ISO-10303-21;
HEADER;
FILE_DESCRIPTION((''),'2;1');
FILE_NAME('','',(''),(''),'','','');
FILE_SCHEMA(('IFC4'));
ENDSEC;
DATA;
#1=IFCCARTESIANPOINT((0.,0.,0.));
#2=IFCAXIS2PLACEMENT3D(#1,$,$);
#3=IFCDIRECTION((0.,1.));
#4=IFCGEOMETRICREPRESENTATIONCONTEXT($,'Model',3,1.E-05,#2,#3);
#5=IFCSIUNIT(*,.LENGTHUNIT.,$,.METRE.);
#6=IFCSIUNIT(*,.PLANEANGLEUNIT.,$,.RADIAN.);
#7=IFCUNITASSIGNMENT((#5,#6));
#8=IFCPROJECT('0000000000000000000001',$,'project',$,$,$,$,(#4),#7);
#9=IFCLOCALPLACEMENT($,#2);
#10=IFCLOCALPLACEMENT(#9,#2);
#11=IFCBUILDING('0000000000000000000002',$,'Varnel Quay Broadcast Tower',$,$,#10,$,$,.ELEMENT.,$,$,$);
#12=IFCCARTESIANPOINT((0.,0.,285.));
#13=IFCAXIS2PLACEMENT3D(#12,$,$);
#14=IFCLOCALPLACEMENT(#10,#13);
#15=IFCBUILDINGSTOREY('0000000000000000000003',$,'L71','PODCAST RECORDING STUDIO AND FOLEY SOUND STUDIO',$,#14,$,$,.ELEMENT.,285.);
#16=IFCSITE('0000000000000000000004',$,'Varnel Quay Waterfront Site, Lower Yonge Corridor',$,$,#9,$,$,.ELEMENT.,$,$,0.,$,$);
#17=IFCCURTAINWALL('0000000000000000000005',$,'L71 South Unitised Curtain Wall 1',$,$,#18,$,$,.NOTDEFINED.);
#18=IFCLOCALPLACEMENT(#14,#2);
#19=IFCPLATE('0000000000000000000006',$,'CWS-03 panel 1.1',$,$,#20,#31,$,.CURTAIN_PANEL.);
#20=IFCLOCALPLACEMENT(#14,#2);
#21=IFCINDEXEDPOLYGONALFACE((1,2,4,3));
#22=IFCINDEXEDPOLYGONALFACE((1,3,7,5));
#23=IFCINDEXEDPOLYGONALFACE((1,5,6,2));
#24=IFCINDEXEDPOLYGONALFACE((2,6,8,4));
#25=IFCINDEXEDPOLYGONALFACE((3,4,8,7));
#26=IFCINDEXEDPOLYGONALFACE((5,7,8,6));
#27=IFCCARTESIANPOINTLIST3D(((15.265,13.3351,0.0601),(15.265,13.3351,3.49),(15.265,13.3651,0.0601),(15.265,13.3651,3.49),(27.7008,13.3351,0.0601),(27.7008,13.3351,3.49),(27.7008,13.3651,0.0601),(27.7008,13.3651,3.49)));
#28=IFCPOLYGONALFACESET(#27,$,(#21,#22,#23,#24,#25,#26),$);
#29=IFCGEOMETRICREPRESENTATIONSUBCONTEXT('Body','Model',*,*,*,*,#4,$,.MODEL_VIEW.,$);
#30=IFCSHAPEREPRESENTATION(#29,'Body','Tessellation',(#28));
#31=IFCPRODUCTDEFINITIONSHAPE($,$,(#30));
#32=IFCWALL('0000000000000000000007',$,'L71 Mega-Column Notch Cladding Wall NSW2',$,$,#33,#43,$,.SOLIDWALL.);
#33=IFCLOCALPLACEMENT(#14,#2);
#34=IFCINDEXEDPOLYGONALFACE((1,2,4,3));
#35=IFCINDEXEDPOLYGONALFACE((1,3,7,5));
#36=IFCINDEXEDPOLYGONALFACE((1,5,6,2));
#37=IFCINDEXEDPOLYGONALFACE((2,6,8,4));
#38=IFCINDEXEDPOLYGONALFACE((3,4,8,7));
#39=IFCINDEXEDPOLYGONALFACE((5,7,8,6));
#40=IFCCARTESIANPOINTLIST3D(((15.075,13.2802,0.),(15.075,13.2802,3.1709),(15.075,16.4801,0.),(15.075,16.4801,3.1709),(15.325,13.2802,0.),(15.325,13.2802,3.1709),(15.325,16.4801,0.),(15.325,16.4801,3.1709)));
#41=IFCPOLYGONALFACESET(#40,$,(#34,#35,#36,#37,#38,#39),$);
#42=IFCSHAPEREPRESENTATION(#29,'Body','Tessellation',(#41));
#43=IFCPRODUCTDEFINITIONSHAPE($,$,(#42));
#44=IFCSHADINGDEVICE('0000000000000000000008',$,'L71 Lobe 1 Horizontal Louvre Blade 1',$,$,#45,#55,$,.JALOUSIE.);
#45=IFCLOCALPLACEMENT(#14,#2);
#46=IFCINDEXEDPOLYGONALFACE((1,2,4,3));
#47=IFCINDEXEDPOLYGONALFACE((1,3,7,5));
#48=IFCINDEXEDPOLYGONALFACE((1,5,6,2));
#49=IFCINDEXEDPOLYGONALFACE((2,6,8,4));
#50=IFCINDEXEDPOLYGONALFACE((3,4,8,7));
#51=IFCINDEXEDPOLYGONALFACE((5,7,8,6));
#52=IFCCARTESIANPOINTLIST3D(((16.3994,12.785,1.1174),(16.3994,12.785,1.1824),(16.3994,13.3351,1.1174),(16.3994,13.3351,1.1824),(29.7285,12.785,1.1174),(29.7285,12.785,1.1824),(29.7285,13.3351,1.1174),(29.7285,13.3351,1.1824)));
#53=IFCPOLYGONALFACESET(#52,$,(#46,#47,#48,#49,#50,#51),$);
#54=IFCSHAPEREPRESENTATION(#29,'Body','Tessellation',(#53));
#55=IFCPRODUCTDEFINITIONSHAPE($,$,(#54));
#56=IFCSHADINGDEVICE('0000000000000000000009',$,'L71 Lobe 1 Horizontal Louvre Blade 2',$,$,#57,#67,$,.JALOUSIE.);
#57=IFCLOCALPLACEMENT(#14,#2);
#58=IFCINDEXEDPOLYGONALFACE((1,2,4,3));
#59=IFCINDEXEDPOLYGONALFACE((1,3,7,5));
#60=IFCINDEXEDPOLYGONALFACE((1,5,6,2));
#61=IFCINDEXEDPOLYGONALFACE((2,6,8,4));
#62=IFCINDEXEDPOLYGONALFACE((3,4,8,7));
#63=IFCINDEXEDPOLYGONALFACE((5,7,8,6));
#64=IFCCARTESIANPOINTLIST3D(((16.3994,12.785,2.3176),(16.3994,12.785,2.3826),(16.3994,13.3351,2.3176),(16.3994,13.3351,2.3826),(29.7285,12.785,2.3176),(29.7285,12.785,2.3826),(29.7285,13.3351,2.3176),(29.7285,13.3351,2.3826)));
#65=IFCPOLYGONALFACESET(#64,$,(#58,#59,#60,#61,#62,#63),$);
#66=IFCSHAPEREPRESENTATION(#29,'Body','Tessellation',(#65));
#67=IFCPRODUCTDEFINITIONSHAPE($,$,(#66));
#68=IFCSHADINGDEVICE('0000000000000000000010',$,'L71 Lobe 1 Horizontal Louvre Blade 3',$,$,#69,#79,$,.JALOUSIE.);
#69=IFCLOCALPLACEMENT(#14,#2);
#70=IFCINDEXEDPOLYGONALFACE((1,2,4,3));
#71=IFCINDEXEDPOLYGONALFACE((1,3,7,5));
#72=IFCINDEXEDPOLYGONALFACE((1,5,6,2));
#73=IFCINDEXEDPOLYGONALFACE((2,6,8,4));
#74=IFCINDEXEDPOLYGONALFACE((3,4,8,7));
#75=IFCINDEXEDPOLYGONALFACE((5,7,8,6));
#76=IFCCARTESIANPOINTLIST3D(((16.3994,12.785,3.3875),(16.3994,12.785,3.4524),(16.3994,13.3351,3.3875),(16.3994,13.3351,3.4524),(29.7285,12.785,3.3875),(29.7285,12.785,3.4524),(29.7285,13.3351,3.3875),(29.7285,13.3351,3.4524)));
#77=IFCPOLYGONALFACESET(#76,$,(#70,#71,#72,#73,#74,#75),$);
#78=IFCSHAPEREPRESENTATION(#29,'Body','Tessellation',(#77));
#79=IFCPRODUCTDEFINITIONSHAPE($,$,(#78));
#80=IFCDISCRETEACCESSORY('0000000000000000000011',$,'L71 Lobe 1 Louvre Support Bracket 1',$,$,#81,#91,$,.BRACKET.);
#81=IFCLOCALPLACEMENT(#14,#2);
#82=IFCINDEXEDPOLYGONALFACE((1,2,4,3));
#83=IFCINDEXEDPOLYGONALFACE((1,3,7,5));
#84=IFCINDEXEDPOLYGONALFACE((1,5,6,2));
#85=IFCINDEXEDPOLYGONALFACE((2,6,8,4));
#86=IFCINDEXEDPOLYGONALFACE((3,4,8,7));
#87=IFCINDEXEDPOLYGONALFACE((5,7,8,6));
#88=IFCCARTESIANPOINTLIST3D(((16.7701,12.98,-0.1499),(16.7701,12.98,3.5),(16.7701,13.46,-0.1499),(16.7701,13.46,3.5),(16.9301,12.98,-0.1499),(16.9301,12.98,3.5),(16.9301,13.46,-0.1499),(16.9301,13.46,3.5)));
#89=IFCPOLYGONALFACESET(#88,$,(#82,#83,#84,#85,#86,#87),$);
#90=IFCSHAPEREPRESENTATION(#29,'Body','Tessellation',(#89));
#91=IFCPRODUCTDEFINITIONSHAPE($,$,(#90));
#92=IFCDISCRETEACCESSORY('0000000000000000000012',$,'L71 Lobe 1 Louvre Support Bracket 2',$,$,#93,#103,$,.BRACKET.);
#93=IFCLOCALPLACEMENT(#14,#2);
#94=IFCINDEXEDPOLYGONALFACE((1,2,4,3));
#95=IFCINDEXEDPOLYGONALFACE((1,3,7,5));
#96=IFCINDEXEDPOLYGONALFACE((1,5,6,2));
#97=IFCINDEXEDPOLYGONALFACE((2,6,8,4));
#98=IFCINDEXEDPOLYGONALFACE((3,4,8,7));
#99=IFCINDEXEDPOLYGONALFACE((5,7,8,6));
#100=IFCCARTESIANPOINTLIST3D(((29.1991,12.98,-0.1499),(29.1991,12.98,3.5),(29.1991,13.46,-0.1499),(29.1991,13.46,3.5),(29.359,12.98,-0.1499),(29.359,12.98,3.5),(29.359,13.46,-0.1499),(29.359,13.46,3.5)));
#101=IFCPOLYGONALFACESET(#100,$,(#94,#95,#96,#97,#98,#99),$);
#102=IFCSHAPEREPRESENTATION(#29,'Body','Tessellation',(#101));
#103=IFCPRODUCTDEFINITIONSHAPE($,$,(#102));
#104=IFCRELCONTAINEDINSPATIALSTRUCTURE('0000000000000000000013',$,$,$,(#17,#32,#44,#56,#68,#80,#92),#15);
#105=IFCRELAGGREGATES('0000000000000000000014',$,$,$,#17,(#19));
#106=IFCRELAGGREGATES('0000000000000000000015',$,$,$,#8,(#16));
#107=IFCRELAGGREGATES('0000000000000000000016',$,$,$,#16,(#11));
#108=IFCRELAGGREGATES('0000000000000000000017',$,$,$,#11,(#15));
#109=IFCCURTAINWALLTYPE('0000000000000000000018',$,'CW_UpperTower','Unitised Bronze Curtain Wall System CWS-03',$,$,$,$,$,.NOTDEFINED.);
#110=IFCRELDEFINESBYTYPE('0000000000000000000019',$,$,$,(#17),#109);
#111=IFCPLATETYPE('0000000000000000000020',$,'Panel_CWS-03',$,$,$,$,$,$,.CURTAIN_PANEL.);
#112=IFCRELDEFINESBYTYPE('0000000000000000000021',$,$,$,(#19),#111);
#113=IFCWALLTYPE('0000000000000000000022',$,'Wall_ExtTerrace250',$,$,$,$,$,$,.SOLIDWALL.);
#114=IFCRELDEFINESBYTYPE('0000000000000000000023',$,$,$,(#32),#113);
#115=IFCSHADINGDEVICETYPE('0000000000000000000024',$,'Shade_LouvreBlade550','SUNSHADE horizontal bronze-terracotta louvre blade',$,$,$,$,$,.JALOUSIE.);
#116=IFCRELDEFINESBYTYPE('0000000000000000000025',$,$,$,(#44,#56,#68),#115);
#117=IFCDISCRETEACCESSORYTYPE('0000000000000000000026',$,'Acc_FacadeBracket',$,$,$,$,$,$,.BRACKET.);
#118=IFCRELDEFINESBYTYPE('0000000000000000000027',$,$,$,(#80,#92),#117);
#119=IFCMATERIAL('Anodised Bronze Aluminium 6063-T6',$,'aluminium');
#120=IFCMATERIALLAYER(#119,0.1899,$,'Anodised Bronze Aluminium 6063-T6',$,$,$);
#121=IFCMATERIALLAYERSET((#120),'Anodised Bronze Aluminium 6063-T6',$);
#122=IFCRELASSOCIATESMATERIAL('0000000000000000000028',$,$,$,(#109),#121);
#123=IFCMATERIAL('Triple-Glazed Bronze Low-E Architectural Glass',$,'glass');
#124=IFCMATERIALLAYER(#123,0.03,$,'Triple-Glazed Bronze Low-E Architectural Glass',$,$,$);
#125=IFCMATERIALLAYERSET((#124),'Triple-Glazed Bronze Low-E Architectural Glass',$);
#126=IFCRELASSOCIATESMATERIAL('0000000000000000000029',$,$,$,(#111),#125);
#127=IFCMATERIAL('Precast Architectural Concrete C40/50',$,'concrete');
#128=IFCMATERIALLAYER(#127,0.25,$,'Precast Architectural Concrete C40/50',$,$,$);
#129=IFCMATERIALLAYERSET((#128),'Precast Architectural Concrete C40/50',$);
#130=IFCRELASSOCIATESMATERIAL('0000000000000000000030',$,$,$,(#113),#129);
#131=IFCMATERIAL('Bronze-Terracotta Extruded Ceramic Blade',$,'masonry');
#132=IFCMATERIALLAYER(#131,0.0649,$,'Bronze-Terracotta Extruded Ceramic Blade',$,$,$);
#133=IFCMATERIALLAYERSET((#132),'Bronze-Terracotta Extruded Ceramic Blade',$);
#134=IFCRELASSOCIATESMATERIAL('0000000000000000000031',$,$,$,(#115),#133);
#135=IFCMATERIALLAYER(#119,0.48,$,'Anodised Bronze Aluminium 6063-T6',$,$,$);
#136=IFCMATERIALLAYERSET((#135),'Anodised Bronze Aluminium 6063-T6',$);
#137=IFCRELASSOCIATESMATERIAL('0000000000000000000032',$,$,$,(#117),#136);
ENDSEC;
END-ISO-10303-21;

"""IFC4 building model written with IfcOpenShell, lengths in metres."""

from ifc_helpers import new_model, si_unit, direction, frame, frame_2d, origin, origin_2d, place, context, subcontext, project, spatial, rectangle, extrude, source, transform, mapped, material, layer, layer_set, type_object, type_shapes, element, aggregate, save


model = new_model("IFC4")

# Units and contexts
model_context = context("Model", 3, precision=1e-05, world=origin(), true_north=direction((0.0, 1.0)))
body_context = subcontext(model_context, "Body", "Model", "MODEL_VIEW")
ifc_project = project(units=[si_unit("LENGTHUNIT", "METRE"), si_unit("PLANEANGLEUNIT", "RADIAN")], contexts=[model_context])

# Site, building, storey
site_placement = place(None, origin())
site = spatial("IfcSite", under=ifc_project, at=site_placement, Name="Varnel Quay Waterfront Site, Lower Yonge Corridor", CompositionType="ELEMENT", RefElevation=0.0)
building_placement = place(site_placement, origin())
building = spatial("IfcBuilding", under=site, at=building_placement, Name="Varnel Quay Broadcast Tower", CompositionType="ELEMENT")
storey_placement = place(building_placement, frame((0.0, 0.0, 285.0)))
storey = spatial("IfcBuildingStorey", under=building, at=storey_placement, Name="L71", Description="PODCAST RECORDING STUDIO AND FOLEY SOUND STUDIO", CompositionType="ELEMENT", Elevation=285.0)

# Shared definitions
ifc_material_1 = material(Name="Anodised Bronze Aluminium 6063-T6", Category="aluminium")

# Curtain wall, plate
ifc_layer_1 = layer(ifc_material_1, 0.1899, Name="Anodised Bronze Aluminium 6063-T6")
ifc_layer_set_1 = layer_set([ifc_layer_1], Name="Anodised Bronze Aluminium 6063-T6")
curtain_wall_type_1 = type_object("IfcCurtainWallType", Name="CW_UpperTower", Description="Unitised Bronze Curtain Wall System CWS-03", PredefinedType="NOTDEFINED", material=ifc_layer_set_1)
curtain_wall_1_placement = place(storey_placement, origin())
curtain_wall_1 = element("IfcCurtainWall", 1, at=curtain_wall_1_placement, inside=storey, type_object=curtain_wall_type_1, Name="L71 South Unitised Curtain Wall 1", PredefinedType="NOTDEFINED")
ifc_material_2 = material(Name="Triple-Glazed Bronze Low-E Architectural Glass", Category="glass")
ifc_layer_2 = layer(ifc_material_2, 0.03, Name="Triple-Glazed Bronze Low-E Architectural Glass")
ifc_layer_set_2 = layer_set([ifc_layer_2], Name="Triple-Glazed Bronze Low-E Architectural Glass")
plate_type = type_object("IfcPlateType", Name="Panel_CWS-03", PredefinedType="CURTAIN_PANEL", material=ifc_layer_set_2)
shared_shape_1 = source(origin(), body_context, "Body", "SweptSolid", [
    extrude(rectangle(XDim=12.4358, YDim=0.03, at=origin_2d()), origin(), (0.0, 0.0, 1.0), 3.4299),
])
type_shapes(plate_type, [shared_shape_1])
plate_placement = place(storey_placement, frame((21.4829, 13.3501, 0.0601), z_axis=(0.0, 0.0, 1.0), x_axis=(1.0, 0.0, 0.0)))
plate = element("IfcPlate", 2, at=plate_placement, type_object=plate_type, Name="CWS-03 panel 1.1", PredefinedType="CURTAIN_PANEL", context=body_context, shape_type="MappedRepresentation", body=[
    mapped(shared_shape_1, transform((0.0, 0.0, 0.0), x_axis=(1.0, 0.0, 0.0), y_axis=(0.0, 1.0, 0.0), z_axis=(0.0, 0.0, 1.0), scale=1.0)),
])
aggregate(curtain_wall_1, [plate])

# Wall
ifc_material_3 = material(Name="Precast Architectural Concrete C40/50", Category="concrete")
ifc_layer_3 = layer(ifc_material_3, 0.25, Name="Precast Architectural Concrete C40/50")
ifc_layer_set_3 = layer_set([ifc_layer_3], Name="Precast Architectural Concrete C40/50")
wall_type = type_object("IfcWallType", Name="Wall_ExtTerrace250", PredefinedType="SOLIDWALL", material=ifc_layer_set_3)
wall_placement = place(storey_placement, frame((15.2, 13.28, 0.0), z_axis=(0.0, 0.0, 1.0), x_axis=(0.0, 1.0, 0.0)))
element("IfcWall", 3, at=wall_placement, inside=storey, type_object=wall_type, Name="L71 Mega-Column Notch Cladding Wall NSW2", PredefinedType="SOLIDWALL", context=body_context, shape_type="SweptSolid", body=[
    extrude(rectangle(XDim=3.2, YDim=0.25, at=frame_2d((1.6001, 0.0))), origin(), (0.0, 0.0, 1.0), 3.1709),
])

# Shading devices
ifc_material_4 = material(Name="Bronze-Terracotta Extruded Ceramic Blade", Category="masonry")
ifc_layer_4 = layer(ifc_material_4, 0.0649, Name="Bronze-Terracotta Extruded Ceramic Blade")
ifc_layer_set_4 = layer_set([ifc_layer_4], Name="Bronze-Terracotta Extruded Ceramic Blade")
shading_device_type = type_object("IfcShadingDeviceType", Name="Shade_LouvreBlade550", Description="SUNSHADE horizontal bronze-terracotta louvre blade", PredefinedType="JALOUSIE", material=ifc_layer_set_4)
shared_shape_2 = source(origin(), body_context, "Body", "SweptSolid", [
    extrude(rectangle(XDim=13.3291, YDim=0.55, at=origin_2d()), origin(), (0.0, 0.0, 1.0), 0.0649),
])
type_shapes(shading_device_type, [shared_shape_2])
for number, where, z_axis, x_axis, name in (
    (4, (23.064, 13.0601, 1.1174), (0.0, 0.0, 1.0), (1.0, 0.0, 0.0), "L71 Lobe 1 Horizontal Louvre Blade 1"),
    (5, (23.064, 13.0601, 2.3176), (0.0, 0.0, 1.0), (1.0, 0.0, 0.0), "L71 Lobe 1 Horizontal Louvre Blade 2"),
    (6, (23.064, 13.0601, 3.3875), (0.0, 0.0, 1.0), (1.0, 0.0, 0.0), "L71 Lobe 1 Horizontal Louvre Blade 3"),
):
    element("IfcShadingDevice", number, at=place(storey_placement, frame(where, z_axis=z_axis, x_axis=x_axis)), inside=storey, type_object=shading_device_type, Name=name, PredefinedType="JALOUSIE", context=body_context, shape_type="MappedRepresentation", body=[
        mapped(shared_shape_2, transform((0.0, 0.0, 0.0), x_axis=(1.0, 0.0, 0.0), y_axis=(0.0, 1.0, 0.0), z_axis=(0.0, 0.0, 1.0), scale=1.0)),
    ])

# Discrete accessories
ifc_layer_5 = layer(ifc_material_1, 0.48, Name="Anodised Bronze Aluminium 6063-T6")
ifc_layer_set_5 = layer_set([ifc_layer_5], Name="Anodised Bronze Aluminium 6063-T6")
discrete_accessory_type = type_object("IfcDiscreteAccessoryType", Name="Acc_FacadeBracket", PredefinedType="BRACKET", material=ifc_layer_set_5)
shared_shape_3 = source(origin(), body_context, "Body", "SweptSolid", [
    extrude(rectangle(XDim=0.1599, YDim=0.48, at=origin_2d()), origin(), (0.0, 0.0, 1.0), 3.6499),
])
type_shapes(discrete_accessory_type, [shared_shape_3])
for number, where, z_axis, x_axis, name in (
    (7, (16.8501, 13.22, -0.1499), (0.0, 0.0, 1.0), (1.0, 0.0, 0.0), "L71 Lobe 1 Louvre Support Bracket 1"),
    (8, (29.2791, 13.22, -0.1499), (0.0, 0.0, 1.0), (1.0, 0.0, 0.0), "L71 Lobe 1 Louvre Support Bracket 2"),
):
    element("IfcDiscreteAccessory", number, at=place(storey_placement, frame(where, z_axis=z_axis, x_axis=x_axis)), inside=storey, type_object=discrete_accessory_type, Name=name, PredefinedType="BRACKET", context=body_context, shape_type="MappedRepresentation", body=[
        mapped(shared_shape_3, transform((0.0, 0.0, 0.0), x_axis=(1.0, 0.0, 0.0), y_axis=(0.0, 1.0, 0.0), z_axis=(0.0, 0.0, 1.0), scale=1.0)),
    ])

save(model, "model.ifc")
